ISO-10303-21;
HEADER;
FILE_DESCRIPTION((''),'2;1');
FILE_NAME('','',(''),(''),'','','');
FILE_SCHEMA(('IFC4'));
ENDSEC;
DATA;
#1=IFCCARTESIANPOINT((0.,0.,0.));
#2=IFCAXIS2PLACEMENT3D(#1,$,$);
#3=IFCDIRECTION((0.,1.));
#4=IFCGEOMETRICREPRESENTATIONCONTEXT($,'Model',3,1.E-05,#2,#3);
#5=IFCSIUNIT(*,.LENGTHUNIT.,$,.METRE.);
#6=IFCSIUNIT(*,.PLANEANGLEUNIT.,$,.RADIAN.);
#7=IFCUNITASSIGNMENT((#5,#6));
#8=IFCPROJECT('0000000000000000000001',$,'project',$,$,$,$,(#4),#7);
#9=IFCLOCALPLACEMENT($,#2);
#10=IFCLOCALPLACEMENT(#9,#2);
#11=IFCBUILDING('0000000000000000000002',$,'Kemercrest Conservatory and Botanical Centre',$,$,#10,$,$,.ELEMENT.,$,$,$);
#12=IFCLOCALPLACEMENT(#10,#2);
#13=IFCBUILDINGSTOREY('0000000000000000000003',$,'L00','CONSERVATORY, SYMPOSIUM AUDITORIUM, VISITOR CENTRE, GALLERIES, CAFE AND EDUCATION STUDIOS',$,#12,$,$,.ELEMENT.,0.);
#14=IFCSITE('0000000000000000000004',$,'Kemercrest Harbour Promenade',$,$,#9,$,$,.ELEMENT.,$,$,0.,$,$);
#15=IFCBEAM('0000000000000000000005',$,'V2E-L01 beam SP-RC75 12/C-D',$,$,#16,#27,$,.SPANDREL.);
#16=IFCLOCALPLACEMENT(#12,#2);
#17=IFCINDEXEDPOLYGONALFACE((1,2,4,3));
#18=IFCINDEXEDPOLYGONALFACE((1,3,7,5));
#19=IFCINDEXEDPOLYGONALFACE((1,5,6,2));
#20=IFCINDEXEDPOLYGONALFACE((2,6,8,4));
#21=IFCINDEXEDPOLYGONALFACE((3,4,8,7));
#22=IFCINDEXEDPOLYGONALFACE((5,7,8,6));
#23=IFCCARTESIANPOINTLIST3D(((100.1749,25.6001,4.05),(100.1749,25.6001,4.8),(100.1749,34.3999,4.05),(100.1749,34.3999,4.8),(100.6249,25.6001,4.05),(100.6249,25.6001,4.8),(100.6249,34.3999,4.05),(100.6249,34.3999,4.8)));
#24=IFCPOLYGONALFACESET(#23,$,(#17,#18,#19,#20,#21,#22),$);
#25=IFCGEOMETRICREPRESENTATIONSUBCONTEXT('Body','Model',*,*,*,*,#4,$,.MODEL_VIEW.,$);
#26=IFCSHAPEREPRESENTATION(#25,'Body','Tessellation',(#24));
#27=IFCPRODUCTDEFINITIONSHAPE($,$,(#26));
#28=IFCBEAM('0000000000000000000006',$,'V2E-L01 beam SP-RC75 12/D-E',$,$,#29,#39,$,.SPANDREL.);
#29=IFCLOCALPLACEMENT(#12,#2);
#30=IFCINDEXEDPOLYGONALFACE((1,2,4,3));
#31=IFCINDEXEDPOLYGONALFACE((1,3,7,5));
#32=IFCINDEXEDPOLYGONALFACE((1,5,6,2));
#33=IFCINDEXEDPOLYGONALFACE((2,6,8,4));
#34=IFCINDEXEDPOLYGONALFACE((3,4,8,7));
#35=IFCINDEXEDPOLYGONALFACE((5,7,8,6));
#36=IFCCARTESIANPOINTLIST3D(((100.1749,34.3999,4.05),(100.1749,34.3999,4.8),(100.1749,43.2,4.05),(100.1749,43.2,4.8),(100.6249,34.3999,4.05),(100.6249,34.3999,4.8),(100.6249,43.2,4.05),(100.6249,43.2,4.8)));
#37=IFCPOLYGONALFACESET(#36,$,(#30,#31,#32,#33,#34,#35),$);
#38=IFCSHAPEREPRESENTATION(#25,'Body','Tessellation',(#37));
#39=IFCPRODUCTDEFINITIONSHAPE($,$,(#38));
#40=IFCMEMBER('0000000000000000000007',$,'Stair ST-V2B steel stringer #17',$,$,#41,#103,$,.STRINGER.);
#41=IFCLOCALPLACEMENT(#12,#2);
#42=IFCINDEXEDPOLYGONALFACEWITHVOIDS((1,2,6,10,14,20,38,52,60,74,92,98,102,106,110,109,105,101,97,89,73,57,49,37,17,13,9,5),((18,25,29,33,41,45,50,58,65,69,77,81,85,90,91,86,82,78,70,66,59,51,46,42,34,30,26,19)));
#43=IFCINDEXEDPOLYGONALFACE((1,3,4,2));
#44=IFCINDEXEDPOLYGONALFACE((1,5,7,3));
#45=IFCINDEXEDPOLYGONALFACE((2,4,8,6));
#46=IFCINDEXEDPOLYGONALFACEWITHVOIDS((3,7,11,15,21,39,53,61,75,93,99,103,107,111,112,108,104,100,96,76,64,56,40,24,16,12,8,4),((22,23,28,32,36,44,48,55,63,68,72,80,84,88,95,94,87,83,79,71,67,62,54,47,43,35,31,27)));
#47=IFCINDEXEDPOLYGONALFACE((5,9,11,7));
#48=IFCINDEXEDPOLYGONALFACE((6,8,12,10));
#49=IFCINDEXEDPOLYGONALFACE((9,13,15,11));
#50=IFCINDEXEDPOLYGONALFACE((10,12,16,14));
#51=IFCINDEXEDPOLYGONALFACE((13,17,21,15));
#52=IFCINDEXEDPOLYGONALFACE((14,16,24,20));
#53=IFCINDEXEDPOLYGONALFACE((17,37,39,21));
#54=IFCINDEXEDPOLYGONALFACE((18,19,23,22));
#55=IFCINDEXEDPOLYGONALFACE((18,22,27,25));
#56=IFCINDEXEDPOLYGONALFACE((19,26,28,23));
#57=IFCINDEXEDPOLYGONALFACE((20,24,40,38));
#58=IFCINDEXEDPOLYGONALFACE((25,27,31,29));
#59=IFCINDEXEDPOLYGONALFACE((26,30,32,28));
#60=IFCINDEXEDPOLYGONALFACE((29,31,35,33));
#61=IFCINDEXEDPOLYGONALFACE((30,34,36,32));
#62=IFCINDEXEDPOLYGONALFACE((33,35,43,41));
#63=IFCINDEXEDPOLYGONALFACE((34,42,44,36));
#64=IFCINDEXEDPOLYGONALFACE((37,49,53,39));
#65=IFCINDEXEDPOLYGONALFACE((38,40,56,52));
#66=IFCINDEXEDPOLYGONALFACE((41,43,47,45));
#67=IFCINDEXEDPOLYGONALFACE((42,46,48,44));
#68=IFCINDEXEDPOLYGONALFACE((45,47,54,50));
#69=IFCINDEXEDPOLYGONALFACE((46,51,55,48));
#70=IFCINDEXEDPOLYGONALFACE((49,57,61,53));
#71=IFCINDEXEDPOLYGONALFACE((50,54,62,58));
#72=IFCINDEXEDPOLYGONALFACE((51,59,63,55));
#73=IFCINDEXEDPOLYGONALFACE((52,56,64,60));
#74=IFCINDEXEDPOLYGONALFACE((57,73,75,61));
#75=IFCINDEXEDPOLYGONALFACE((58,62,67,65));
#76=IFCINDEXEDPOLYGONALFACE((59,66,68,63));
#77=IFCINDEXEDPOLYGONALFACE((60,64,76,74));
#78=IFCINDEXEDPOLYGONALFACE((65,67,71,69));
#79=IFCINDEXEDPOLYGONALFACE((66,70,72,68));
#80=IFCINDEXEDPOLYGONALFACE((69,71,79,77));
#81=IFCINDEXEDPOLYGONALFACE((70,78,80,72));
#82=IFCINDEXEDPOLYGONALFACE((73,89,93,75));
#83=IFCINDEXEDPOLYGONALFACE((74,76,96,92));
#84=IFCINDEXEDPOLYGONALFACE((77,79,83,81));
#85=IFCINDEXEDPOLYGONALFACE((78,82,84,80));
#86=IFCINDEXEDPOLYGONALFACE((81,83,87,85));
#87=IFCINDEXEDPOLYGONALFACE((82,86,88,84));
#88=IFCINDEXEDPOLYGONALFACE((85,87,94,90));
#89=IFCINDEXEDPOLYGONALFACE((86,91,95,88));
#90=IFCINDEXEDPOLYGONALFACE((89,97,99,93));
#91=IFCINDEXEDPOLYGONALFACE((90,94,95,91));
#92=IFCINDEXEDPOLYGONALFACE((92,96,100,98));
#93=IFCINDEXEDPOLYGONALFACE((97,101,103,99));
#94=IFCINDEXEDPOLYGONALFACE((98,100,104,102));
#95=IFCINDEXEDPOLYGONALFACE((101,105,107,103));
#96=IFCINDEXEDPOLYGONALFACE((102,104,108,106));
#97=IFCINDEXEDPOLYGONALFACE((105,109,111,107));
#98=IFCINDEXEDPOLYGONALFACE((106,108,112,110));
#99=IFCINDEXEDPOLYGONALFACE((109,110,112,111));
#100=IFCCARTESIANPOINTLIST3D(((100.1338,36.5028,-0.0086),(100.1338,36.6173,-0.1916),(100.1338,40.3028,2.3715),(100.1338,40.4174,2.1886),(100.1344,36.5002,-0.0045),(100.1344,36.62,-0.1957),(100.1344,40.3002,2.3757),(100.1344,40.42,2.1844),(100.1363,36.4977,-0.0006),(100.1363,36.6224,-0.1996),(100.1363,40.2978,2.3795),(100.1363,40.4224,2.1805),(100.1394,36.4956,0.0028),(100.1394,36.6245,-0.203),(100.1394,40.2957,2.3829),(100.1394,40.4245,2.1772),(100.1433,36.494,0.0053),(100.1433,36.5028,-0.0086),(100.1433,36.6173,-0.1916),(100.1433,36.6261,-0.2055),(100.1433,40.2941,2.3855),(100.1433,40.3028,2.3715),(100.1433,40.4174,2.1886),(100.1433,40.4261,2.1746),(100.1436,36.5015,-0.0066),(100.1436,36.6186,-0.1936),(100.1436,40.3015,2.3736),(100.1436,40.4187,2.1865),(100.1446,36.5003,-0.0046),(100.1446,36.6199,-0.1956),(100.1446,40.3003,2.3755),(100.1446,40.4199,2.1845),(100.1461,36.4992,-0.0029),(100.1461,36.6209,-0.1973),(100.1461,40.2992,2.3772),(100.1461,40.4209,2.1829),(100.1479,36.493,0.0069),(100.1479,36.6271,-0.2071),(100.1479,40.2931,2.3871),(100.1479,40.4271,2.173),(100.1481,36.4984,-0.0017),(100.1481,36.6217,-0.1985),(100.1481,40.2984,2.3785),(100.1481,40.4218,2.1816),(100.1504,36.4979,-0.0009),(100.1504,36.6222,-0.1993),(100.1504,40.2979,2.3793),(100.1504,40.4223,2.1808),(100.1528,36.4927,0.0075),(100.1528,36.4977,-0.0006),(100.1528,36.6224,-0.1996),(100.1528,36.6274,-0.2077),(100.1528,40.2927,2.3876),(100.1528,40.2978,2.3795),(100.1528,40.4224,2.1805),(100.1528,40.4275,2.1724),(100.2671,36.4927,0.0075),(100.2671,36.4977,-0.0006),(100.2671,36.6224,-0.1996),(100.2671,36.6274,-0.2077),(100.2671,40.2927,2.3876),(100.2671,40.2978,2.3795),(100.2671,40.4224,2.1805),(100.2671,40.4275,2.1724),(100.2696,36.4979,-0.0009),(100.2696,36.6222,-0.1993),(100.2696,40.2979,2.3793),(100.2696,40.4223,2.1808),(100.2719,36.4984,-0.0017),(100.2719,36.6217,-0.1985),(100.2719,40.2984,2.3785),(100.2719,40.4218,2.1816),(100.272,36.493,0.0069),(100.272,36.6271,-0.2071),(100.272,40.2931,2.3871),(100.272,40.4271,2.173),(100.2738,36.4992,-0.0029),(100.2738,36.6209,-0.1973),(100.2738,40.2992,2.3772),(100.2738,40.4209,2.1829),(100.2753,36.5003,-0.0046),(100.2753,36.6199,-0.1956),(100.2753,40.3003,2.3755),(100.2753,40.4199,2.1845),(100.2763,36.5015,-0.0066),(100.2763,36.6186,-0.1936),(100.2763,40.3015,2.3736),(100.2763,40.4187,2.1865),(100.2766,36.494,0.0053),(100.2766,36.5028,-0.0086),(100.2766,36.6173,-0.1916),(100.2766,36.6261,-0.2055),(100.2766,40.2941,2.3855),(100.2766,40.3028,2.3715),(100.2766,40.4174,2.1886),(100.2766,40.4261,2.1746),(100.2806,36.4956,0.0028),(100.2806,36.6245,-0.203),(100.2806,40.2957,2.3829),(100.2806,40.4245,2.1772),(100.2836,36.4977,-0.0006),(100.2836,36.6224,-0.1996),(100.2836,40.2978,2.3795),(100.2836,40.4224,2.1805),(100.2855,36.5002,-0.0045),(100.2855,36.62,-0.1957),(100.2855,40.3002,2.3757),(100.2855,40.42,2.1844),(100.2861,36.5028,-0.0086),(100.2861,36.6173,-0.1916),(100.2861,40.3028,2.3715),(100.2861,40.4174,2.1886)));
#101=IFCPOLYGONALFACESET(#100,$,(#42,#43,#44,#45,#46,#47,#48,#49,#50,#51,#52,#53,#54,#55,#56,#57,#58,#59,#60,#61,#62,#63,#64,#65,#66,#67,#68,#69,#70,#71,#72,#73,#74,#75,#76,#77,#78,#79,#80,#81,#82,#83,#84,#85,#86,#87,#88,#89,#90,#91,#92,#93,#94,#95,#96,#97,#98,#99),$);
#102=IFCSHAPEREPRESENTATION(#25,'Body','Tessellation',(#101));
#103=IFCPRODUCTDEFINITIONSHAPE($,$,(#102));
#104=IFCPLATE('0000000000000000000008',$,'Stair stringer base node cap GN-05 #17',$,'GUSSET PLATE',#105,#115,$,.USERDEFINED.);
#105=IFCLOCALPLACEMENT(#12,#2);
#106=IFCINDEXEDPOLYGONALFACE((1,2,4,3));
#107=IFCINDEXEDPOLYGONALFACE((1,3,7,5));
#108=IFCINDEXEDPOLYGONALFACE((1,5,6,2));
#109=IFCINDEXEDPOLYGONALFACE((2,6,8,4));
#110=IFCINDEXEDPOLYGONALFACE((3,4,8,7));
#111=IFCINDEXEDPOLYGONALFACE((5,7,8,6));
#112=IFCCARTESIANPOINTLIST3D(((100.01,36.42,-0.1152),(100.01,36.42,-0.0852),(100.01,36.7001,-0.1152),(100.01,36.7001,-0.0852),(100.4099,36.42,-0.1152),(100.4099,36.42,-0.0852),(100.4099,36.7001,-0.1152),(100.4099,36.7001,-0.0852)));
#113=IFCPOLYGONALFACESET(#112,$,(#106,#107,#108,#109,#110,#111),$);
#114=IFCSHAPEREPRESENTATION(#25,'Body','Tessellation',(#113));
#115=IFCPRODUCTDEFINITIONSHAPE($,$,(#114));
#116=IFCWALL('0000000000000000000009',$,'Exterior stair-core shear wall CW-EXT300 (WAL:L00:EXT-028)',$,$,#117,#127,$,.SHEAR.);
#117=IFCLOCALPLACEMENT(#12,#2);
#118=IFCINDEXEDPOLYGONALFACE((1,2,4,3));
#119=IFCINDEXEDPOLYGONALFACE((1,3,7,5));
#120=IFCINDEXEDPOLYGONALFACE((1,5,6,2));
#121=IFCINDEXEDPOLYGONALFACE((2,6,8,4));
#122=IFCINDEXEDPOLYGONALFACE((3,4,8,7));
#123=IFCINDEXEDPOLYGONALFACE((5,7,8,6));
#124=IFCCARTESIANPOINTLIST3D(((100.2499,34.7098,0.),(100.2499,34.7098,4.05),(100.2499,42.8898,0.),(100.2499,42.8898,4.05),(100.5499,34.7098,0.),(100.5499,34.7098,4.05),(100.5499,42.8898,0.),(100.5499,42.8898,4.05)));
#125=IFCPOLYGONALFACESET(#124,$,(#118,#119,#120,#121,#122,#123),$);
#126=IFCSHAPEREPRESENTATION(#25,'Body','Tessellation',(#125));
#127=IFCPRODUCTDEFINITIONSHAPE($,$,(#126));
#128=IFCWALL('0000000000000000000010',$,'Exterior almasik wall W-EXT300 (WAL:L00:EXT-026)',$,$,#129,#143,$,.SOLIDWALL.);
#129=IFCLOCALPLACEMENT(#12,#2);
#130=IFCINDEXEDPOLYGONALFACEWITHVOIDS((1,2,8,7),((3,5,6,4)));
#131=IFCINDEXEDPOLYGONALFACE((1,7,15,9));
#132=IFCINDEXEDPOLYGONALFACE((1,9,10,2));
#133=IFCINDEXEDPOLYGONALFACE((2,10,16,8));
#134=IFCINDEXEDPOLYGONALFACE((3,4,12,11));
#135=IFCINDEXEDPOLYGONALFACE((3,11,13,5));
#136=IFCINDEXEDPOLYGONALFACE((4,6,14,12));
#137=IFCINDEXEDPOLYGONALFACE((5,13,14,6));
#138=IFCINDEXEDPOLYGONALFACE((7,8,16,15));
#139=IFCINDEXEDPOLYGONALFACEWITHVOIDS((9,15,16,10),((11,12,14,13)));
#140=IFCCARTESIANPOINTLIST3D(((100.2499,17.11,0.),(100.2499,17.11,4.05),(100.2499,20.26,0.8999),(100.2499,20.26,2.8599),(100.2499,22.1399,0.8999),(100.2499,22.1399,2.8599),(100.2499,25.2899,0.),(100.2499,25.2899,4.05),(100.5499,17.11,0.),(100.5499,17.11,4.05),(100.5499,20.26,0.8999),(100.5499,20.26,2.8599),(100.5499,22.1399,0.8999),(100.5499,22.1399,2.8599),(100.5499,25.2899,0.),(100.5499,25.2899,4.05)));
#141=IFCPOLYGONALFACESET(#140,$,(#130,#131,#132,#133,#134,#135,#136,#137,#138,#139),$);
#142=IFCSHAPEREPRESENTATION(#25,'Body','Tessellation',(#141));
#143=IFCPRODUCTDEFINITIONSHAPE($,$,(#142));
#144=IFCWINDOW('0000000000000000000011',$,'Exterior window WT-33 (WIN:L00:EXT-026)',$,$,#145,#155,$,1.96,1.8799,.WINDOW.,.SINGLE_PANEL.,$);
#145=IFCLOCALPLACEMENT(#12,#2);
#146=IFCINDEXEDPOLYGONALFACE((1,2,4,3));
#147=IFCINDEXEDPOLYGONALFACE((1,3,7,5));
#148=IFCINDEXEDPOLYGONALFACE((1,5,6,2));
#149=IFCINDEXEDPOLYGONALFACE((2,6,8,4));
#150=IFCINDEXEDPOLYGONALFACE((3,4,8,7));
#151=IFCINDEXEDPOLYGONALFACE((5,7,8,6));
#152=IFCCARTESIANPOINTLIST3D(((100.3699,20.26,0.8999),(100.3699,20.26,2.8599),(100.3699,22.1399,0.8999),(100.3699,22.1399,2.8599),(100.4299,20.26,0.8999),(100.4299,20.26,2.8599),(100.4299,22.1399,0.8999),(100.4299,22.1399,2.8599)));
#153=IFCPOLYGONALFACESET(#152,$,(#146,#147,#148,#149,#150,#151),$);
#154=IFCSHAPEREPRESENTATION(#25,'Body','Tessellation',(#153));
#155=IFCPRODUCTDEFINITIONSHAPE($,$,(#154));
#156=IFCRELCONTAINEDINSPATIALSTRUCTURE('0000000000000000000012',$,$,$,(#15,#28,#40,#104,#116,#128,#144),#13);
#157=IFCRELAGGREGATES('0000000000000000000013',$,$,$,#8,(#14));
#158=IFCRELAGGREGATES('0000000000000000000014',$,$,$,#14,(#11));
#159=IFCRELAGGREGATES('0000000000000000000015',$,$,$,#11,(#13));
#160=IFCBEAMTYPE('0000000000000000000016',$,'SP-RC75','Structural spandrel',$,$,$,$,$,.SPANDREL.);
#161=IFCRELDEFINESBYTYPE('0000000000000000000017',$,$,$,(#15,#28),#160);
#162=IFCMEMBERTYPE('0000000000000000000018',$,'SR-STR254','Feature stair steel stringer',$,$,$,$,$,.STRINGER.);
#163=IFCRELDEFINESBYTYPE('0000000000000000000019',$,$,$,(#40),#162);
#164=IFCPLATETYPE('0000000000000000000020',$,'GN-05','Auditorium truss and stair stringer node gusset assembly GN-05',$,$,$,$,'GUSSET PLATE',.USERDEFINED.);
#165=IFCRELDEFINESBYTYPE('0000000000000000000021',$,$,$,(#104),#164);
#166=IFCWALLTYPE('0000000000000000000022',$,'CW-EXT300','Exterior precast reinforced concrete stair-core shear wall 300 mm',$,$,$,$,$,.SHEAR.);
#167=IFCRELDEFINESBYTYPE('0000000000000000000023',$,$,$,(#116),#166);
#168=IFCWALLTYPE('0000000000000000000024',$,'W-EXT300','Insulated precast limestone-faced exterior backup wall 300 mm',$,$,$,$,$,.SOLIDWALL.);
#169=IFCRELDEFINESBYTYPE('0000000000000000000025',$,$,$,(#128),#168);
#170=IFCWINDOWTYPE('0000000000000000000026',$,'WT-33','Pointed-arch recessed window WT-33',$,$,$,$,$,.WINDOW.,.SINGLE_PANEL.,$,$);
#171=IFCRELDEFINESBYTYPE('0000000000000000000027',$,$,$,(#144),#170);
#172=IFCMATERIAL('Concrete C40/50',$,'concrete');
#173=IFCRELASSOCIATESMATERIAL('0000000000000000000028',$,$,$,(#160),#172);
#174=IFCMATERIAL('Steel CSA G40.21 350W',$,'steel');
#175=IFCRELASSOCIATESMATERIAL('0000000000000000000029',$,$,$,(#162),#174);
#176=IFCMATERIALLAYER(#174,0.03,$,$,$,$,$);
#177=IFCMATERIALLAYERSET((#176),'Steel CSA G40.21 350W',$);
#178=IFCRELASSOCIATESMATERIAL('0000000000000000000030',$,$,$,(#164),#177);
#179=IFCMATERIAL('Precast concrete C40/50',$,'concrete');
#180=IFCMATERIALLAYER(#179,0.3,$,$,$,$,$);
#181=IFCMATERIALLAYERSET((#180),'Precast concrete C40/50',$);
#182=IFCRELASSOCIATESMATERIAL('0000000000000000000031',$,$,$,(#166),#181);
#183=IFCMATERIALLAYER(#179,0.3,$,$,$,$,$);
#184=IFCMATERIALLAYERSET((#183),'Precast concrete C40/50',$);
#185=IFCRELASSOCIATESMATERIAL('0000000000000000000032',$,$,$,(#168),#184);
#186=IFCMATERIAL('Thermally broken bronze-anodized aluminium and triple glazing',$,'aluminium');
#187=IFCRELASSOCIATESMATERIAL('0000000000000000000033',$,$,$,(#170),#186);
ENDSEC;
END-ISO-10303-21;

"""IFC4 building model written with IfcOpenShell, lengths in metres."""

from ifc_helpers import new_model, si_unit, direction, frame, frame_2d, origin, origin_2d, place, context, subcontext, project, spatial, rectangle, hollow_rectangle, extrude, material, layer, layer_set, material_profile, profile_set, type_object, element, fill, save


model = new_model("IFC4")

# Units and contexts
model_context = context("Model", 3, precision=1e-05, world=origin(), true_north=direction((0.0, 1.0)))
body_context = subcontext(model_context, "Body", "Model", "MODEL_VIEW")
ifc_project = project(units=[si_unit("LENGTHUNIT", "METRE"), si_unit("PLANEANGLEUNIT", "RADIAN")], contexts=[model_context])

# Site, building, storey
site_placement = place(None, origin())
site = spatial("IfcSite", under=ifc_project, at=site_placement, Name="Kemercrest Harbour Promenade", CompositionType="ELEMENT", RefElevation=0.0)
building_placement = place(site_placement, origin())
building = spatial("IfcBuilding", under=site, at=building_placement, Name="Kemercrest Conservatory and Botanical Centre", CompositionType="ELEMENT")
storey_placement = place(building_placement, origin())
storey = spatial("IfcBuildingStorey", under=building, at=storey_placement, Name="L00", Description="CONSERVATORY, SYMPOSIUM AUDITORIUM, VISITOR CENTRE, GALLERIES, CAFE AND EDUCATION STUDIOS", CompositionType="ELEMENT", Elevation=0.0)

# Shared definitions
ifc_material_1 = material(Name="Concrete C40/50", Category="concrete")
ifc_material_2 = material(Name="Precast concrete C40/50", Category="concrete")

# Beams
ifc_material_profile_1 = material_profile(ifc_material_1, rectangle(XDim=0.45, YDim=0.75, at=origin_2d()), Name="RC 450x750")
ifc_profile_set_1 = profile_set([ifc_material_profile_1], Name="Concrete C40/50")
beam_type_1 = type_object("IfcBeamType", Name="SP-RC75", Description="Structural spandrel", PredefinedType="SPANDREL", material=ifc_profile_set_1)
beam_1_placement = place(storey_placement, frame((100.3999, 25.6001, 4.425), z_axis=(0.0, 1.0, 0.0), x_axis=(-1.0, 0.0, 0.0)))
element("IfcBeam", 1, at=beam_1_placement, inside=storey, type_object=beam_type_1, Name="V2E-L01 beam SP-RC75 12/C-D", PredefinedType="SPANDREL", context=body_context, shape_type="SweptSolid", body=[
    extrude(rectangle(XDim=0.45, YDim=0.75, at=origin_2d()), origin(), (0.0, 0.0, 1.0), 8.7998),
])
beam_2_placement = place(storey_placement, frame((100.3999, 34.3999, 4.425), z_axis=(0.0, 1.0, 0.0), x_axis=(-1.0, 0.0, 0.0)))
element("IfcBeam", 2, at=beam_2_placement, inside=storey, type_object=beam_type_1, Name="V2E-L01 beam SP-RC75 12/D-E", PredefinedType="SPANDREL", context=body_context, shape_type="SweptSolid", body=[
    extrude(rectangle(XDim=0.45, YDim=0.75, at=origin_2d()), origin(), (0.0, 0.0, 1.0), 8.8),
])

# Member
ifc_material_3 = material(Name="Steel CSA G40.21 350W", Category="steel")
ifc_material_profile_2 = material_profile(ifc_material_3, hollow_rectangle(XDim=0.1523, YDim=0.2539, WallThickness=0.0095, InnerFilletRadius=0.0095, OuterFilletRadius=0.019, at=origin_2d()), Name="HSS 254x152x9.5")
ifc_profile_set_2 = profile_set([ifc_material_profile_2], Name="Steel CSA G40.21 350W")
member_type = type_object("IfcMemberType", Name="SR-STR254", Description="Feature stair steel stringer", PredefinedType="STRINGER", material=ifc_profile_set_2)
member_placement = place(storey_placement, frame((100.21, 36.5601, -0.1001), z_axis=(0.0, 0.847487, 0.530816), x_axis=(-1.0, 0.0, 0.0)))
element("IfcMember", 3, at=member_placement, inside=storey, type_object=member_type, Name="Stair ST-V2B steel stringer #17", PredefinedType="STRINGER", context=body_context, shape_type="SweptSolid", body=[
    extrude(hollow_rectangle(XDim=0.1523, YDim=0.2539, WallThickness=0.0095, InnerFilletRadius=0.0095, OuterFilletRadius=0.019, at=origin_2d()), origin(), (0.0, 0.0, 1.0), 4.4839),
])

# Plate
ifc_layer_1 = layer(ifc_material_3, 0.03)
ifc_layer_set_1 = layer_set([ifc_layer_1], Name="Steel CSA G40.21 350W")
plate_type = type_object("IfcPlateType", Name="GN-05", Description="Auditorium truss and stair stringer node gusset assembly GN-05", ElementType="GUSSET PLATE", PredefinedType="USERDEFINED", material=ifc_layer_set_1)
plate_placement = place(storey_placement, frame((100.21, 36.5601, -0.1152), z_axis=(0.0, 0.0, 1.0), x_axis=(1.0, 0.0, 0.0)))
element("IfcPlate", 4, at=plate_placement, inside=storey, type_object=plate_type, Name="Stair stringer base node cap GN-05 #17", ObjectType="GUSSET PLATE", PredefinedType="USERDEFINED", context=body_context, shape_type="SweptSolid", body=[
    extrude(rectangle(XDim=0.3999, YDim=0.28, at=origin_2d()), origin(), (0.0, 0.0, 1.0), 0.03),
])

# Wall
ifc_layer_2 = layer(ifc_material_2, 0.3)
ifc_layer_set_2 = layer_set([ifc_layer_2], Name="Precast concrete C40/50")
wall_type_1 = type_object("IfcWallType", Name="CW-EXT300", Description="Exterior precast reinforced concrete stair-core shear wall 300 mm", PredefinedType="SHEAR", material=ifc_layer_set_2)
wall_1_placement = place(storey_placement, frame((100.3999, 34.71, 0.0), z_axis=(0.0, 0.0, 1.0), x_axis=(0.0, 1.0, 0.0)))
element("IfcWall", 5, at=wall_1_placement, inside=storey, type_object=wall_type_1, Name="Exterior stair-core shear wall CW-EXT300 (WAL:L00:EXT-028)", PredefinedType="SHEAR", context=body_context, shape_type="SweptSolid", body=[
    extrude(rectangle(XDim=8.1799, YDim=0.3, at=frame_2d((4.0898, 0.0))), origin(), (0.0, 0.0, 1.0), 4.05),
])

# Wall, opening, window
ifc_layer_3 = layer(ifc_material_2, 0.3)
ifc_layer_set_3 = layer_set([ifc_layer_3], Name="Precast concrete C40/50")
wall_type_2 = type_object("IfcWallType", Name="W-EXT300", Description="Insulated precast limestone-faced exterior backup wall 300 mm", PredefinedType="SOLIDWALL", material=ifc_layer_set_3)
wall_2_placement = place(storey_placement, frame((100.3999, 17.1101, 0.0), z_axis=(0.0, 0.0, 1.0), x_axis=(0.0, 1.0, 0.0)))
wall_2 = element("IfcWall", 6, at=wall_2_placement, inside=storey, type_object=wall_type_2, Name="Exterior almasik wall W-EXT300 (WAL:L00:EXT-026)", PredefinedType="SOLIDWALL", context=body_context, shape_type="SweptSolid", body=[
    extrude(rectangle(XDim=8.1799, YDim=0.3, at=frame_2d((4.0898, 0.0))), origin(), (0.0, 0.0, 1.0), 4.05),
])
opening_1_placement = place(wall_2_placement, frame((3.1499, 0.0, 0.8999)))
opening_1 = element("IfcOpeningElement", 7, at=opening_1_placement, cuts=wall_2, PredefinedType="OPENING", context=body_context, shape_type="SweptSolid", body=[
    extrude(rectangle(XDim=1.8799, YDim=1.96, at=frame_2d((0.9399, 0.98))), frame((0.0, 0.1602, 0.0), z_axis=(0.0, -1.0, 0.0), x_axis=(1.0, 0.0, 0.0)), (0.0, 0.0, 1.0), 0.3201),
])
ifc_material_4 = material(Name="Thermally broken bronze-anodized aluminium and triple glazing", Category="aluminium")
window_type_1 = type_object("IfcWindowType", Name="WT-33", Description="Pointed-arch recessed window WT-33", PartitioningType="SINGLE_PANEL", PredefinedType="WINDOW", material=ifc_material_4)
window_1_placement = place(opening_1_placement, origin())
window_1 = element("IfcWindow", 8, at=window_1_placement, inside=storey, type_object=window_type_1, Name="Exterior window WT-33 (WIN:L00:EXT-026)", OverallHeight=1.96, OverallWidth=1.8799, PartitioningType="SINGLE_PANEL", PredefinedType="WINDOW", context=body_context, shape_type="SweptSolid", body=[
    extrude(rectangle(XDim=1.8799, YDim=1.96, at=frame_2d((0.9399, 0.98))), frame((0.0, 0.03, 0.0), z_axis=(0.0, -1.0, 0.0), x_axis=(1.0, 0.0, 0.0)), (0.0, 0.0, 1.0), 0.0601),
])
fill(opening_1, window_1)

save(model, "model.ifc")
